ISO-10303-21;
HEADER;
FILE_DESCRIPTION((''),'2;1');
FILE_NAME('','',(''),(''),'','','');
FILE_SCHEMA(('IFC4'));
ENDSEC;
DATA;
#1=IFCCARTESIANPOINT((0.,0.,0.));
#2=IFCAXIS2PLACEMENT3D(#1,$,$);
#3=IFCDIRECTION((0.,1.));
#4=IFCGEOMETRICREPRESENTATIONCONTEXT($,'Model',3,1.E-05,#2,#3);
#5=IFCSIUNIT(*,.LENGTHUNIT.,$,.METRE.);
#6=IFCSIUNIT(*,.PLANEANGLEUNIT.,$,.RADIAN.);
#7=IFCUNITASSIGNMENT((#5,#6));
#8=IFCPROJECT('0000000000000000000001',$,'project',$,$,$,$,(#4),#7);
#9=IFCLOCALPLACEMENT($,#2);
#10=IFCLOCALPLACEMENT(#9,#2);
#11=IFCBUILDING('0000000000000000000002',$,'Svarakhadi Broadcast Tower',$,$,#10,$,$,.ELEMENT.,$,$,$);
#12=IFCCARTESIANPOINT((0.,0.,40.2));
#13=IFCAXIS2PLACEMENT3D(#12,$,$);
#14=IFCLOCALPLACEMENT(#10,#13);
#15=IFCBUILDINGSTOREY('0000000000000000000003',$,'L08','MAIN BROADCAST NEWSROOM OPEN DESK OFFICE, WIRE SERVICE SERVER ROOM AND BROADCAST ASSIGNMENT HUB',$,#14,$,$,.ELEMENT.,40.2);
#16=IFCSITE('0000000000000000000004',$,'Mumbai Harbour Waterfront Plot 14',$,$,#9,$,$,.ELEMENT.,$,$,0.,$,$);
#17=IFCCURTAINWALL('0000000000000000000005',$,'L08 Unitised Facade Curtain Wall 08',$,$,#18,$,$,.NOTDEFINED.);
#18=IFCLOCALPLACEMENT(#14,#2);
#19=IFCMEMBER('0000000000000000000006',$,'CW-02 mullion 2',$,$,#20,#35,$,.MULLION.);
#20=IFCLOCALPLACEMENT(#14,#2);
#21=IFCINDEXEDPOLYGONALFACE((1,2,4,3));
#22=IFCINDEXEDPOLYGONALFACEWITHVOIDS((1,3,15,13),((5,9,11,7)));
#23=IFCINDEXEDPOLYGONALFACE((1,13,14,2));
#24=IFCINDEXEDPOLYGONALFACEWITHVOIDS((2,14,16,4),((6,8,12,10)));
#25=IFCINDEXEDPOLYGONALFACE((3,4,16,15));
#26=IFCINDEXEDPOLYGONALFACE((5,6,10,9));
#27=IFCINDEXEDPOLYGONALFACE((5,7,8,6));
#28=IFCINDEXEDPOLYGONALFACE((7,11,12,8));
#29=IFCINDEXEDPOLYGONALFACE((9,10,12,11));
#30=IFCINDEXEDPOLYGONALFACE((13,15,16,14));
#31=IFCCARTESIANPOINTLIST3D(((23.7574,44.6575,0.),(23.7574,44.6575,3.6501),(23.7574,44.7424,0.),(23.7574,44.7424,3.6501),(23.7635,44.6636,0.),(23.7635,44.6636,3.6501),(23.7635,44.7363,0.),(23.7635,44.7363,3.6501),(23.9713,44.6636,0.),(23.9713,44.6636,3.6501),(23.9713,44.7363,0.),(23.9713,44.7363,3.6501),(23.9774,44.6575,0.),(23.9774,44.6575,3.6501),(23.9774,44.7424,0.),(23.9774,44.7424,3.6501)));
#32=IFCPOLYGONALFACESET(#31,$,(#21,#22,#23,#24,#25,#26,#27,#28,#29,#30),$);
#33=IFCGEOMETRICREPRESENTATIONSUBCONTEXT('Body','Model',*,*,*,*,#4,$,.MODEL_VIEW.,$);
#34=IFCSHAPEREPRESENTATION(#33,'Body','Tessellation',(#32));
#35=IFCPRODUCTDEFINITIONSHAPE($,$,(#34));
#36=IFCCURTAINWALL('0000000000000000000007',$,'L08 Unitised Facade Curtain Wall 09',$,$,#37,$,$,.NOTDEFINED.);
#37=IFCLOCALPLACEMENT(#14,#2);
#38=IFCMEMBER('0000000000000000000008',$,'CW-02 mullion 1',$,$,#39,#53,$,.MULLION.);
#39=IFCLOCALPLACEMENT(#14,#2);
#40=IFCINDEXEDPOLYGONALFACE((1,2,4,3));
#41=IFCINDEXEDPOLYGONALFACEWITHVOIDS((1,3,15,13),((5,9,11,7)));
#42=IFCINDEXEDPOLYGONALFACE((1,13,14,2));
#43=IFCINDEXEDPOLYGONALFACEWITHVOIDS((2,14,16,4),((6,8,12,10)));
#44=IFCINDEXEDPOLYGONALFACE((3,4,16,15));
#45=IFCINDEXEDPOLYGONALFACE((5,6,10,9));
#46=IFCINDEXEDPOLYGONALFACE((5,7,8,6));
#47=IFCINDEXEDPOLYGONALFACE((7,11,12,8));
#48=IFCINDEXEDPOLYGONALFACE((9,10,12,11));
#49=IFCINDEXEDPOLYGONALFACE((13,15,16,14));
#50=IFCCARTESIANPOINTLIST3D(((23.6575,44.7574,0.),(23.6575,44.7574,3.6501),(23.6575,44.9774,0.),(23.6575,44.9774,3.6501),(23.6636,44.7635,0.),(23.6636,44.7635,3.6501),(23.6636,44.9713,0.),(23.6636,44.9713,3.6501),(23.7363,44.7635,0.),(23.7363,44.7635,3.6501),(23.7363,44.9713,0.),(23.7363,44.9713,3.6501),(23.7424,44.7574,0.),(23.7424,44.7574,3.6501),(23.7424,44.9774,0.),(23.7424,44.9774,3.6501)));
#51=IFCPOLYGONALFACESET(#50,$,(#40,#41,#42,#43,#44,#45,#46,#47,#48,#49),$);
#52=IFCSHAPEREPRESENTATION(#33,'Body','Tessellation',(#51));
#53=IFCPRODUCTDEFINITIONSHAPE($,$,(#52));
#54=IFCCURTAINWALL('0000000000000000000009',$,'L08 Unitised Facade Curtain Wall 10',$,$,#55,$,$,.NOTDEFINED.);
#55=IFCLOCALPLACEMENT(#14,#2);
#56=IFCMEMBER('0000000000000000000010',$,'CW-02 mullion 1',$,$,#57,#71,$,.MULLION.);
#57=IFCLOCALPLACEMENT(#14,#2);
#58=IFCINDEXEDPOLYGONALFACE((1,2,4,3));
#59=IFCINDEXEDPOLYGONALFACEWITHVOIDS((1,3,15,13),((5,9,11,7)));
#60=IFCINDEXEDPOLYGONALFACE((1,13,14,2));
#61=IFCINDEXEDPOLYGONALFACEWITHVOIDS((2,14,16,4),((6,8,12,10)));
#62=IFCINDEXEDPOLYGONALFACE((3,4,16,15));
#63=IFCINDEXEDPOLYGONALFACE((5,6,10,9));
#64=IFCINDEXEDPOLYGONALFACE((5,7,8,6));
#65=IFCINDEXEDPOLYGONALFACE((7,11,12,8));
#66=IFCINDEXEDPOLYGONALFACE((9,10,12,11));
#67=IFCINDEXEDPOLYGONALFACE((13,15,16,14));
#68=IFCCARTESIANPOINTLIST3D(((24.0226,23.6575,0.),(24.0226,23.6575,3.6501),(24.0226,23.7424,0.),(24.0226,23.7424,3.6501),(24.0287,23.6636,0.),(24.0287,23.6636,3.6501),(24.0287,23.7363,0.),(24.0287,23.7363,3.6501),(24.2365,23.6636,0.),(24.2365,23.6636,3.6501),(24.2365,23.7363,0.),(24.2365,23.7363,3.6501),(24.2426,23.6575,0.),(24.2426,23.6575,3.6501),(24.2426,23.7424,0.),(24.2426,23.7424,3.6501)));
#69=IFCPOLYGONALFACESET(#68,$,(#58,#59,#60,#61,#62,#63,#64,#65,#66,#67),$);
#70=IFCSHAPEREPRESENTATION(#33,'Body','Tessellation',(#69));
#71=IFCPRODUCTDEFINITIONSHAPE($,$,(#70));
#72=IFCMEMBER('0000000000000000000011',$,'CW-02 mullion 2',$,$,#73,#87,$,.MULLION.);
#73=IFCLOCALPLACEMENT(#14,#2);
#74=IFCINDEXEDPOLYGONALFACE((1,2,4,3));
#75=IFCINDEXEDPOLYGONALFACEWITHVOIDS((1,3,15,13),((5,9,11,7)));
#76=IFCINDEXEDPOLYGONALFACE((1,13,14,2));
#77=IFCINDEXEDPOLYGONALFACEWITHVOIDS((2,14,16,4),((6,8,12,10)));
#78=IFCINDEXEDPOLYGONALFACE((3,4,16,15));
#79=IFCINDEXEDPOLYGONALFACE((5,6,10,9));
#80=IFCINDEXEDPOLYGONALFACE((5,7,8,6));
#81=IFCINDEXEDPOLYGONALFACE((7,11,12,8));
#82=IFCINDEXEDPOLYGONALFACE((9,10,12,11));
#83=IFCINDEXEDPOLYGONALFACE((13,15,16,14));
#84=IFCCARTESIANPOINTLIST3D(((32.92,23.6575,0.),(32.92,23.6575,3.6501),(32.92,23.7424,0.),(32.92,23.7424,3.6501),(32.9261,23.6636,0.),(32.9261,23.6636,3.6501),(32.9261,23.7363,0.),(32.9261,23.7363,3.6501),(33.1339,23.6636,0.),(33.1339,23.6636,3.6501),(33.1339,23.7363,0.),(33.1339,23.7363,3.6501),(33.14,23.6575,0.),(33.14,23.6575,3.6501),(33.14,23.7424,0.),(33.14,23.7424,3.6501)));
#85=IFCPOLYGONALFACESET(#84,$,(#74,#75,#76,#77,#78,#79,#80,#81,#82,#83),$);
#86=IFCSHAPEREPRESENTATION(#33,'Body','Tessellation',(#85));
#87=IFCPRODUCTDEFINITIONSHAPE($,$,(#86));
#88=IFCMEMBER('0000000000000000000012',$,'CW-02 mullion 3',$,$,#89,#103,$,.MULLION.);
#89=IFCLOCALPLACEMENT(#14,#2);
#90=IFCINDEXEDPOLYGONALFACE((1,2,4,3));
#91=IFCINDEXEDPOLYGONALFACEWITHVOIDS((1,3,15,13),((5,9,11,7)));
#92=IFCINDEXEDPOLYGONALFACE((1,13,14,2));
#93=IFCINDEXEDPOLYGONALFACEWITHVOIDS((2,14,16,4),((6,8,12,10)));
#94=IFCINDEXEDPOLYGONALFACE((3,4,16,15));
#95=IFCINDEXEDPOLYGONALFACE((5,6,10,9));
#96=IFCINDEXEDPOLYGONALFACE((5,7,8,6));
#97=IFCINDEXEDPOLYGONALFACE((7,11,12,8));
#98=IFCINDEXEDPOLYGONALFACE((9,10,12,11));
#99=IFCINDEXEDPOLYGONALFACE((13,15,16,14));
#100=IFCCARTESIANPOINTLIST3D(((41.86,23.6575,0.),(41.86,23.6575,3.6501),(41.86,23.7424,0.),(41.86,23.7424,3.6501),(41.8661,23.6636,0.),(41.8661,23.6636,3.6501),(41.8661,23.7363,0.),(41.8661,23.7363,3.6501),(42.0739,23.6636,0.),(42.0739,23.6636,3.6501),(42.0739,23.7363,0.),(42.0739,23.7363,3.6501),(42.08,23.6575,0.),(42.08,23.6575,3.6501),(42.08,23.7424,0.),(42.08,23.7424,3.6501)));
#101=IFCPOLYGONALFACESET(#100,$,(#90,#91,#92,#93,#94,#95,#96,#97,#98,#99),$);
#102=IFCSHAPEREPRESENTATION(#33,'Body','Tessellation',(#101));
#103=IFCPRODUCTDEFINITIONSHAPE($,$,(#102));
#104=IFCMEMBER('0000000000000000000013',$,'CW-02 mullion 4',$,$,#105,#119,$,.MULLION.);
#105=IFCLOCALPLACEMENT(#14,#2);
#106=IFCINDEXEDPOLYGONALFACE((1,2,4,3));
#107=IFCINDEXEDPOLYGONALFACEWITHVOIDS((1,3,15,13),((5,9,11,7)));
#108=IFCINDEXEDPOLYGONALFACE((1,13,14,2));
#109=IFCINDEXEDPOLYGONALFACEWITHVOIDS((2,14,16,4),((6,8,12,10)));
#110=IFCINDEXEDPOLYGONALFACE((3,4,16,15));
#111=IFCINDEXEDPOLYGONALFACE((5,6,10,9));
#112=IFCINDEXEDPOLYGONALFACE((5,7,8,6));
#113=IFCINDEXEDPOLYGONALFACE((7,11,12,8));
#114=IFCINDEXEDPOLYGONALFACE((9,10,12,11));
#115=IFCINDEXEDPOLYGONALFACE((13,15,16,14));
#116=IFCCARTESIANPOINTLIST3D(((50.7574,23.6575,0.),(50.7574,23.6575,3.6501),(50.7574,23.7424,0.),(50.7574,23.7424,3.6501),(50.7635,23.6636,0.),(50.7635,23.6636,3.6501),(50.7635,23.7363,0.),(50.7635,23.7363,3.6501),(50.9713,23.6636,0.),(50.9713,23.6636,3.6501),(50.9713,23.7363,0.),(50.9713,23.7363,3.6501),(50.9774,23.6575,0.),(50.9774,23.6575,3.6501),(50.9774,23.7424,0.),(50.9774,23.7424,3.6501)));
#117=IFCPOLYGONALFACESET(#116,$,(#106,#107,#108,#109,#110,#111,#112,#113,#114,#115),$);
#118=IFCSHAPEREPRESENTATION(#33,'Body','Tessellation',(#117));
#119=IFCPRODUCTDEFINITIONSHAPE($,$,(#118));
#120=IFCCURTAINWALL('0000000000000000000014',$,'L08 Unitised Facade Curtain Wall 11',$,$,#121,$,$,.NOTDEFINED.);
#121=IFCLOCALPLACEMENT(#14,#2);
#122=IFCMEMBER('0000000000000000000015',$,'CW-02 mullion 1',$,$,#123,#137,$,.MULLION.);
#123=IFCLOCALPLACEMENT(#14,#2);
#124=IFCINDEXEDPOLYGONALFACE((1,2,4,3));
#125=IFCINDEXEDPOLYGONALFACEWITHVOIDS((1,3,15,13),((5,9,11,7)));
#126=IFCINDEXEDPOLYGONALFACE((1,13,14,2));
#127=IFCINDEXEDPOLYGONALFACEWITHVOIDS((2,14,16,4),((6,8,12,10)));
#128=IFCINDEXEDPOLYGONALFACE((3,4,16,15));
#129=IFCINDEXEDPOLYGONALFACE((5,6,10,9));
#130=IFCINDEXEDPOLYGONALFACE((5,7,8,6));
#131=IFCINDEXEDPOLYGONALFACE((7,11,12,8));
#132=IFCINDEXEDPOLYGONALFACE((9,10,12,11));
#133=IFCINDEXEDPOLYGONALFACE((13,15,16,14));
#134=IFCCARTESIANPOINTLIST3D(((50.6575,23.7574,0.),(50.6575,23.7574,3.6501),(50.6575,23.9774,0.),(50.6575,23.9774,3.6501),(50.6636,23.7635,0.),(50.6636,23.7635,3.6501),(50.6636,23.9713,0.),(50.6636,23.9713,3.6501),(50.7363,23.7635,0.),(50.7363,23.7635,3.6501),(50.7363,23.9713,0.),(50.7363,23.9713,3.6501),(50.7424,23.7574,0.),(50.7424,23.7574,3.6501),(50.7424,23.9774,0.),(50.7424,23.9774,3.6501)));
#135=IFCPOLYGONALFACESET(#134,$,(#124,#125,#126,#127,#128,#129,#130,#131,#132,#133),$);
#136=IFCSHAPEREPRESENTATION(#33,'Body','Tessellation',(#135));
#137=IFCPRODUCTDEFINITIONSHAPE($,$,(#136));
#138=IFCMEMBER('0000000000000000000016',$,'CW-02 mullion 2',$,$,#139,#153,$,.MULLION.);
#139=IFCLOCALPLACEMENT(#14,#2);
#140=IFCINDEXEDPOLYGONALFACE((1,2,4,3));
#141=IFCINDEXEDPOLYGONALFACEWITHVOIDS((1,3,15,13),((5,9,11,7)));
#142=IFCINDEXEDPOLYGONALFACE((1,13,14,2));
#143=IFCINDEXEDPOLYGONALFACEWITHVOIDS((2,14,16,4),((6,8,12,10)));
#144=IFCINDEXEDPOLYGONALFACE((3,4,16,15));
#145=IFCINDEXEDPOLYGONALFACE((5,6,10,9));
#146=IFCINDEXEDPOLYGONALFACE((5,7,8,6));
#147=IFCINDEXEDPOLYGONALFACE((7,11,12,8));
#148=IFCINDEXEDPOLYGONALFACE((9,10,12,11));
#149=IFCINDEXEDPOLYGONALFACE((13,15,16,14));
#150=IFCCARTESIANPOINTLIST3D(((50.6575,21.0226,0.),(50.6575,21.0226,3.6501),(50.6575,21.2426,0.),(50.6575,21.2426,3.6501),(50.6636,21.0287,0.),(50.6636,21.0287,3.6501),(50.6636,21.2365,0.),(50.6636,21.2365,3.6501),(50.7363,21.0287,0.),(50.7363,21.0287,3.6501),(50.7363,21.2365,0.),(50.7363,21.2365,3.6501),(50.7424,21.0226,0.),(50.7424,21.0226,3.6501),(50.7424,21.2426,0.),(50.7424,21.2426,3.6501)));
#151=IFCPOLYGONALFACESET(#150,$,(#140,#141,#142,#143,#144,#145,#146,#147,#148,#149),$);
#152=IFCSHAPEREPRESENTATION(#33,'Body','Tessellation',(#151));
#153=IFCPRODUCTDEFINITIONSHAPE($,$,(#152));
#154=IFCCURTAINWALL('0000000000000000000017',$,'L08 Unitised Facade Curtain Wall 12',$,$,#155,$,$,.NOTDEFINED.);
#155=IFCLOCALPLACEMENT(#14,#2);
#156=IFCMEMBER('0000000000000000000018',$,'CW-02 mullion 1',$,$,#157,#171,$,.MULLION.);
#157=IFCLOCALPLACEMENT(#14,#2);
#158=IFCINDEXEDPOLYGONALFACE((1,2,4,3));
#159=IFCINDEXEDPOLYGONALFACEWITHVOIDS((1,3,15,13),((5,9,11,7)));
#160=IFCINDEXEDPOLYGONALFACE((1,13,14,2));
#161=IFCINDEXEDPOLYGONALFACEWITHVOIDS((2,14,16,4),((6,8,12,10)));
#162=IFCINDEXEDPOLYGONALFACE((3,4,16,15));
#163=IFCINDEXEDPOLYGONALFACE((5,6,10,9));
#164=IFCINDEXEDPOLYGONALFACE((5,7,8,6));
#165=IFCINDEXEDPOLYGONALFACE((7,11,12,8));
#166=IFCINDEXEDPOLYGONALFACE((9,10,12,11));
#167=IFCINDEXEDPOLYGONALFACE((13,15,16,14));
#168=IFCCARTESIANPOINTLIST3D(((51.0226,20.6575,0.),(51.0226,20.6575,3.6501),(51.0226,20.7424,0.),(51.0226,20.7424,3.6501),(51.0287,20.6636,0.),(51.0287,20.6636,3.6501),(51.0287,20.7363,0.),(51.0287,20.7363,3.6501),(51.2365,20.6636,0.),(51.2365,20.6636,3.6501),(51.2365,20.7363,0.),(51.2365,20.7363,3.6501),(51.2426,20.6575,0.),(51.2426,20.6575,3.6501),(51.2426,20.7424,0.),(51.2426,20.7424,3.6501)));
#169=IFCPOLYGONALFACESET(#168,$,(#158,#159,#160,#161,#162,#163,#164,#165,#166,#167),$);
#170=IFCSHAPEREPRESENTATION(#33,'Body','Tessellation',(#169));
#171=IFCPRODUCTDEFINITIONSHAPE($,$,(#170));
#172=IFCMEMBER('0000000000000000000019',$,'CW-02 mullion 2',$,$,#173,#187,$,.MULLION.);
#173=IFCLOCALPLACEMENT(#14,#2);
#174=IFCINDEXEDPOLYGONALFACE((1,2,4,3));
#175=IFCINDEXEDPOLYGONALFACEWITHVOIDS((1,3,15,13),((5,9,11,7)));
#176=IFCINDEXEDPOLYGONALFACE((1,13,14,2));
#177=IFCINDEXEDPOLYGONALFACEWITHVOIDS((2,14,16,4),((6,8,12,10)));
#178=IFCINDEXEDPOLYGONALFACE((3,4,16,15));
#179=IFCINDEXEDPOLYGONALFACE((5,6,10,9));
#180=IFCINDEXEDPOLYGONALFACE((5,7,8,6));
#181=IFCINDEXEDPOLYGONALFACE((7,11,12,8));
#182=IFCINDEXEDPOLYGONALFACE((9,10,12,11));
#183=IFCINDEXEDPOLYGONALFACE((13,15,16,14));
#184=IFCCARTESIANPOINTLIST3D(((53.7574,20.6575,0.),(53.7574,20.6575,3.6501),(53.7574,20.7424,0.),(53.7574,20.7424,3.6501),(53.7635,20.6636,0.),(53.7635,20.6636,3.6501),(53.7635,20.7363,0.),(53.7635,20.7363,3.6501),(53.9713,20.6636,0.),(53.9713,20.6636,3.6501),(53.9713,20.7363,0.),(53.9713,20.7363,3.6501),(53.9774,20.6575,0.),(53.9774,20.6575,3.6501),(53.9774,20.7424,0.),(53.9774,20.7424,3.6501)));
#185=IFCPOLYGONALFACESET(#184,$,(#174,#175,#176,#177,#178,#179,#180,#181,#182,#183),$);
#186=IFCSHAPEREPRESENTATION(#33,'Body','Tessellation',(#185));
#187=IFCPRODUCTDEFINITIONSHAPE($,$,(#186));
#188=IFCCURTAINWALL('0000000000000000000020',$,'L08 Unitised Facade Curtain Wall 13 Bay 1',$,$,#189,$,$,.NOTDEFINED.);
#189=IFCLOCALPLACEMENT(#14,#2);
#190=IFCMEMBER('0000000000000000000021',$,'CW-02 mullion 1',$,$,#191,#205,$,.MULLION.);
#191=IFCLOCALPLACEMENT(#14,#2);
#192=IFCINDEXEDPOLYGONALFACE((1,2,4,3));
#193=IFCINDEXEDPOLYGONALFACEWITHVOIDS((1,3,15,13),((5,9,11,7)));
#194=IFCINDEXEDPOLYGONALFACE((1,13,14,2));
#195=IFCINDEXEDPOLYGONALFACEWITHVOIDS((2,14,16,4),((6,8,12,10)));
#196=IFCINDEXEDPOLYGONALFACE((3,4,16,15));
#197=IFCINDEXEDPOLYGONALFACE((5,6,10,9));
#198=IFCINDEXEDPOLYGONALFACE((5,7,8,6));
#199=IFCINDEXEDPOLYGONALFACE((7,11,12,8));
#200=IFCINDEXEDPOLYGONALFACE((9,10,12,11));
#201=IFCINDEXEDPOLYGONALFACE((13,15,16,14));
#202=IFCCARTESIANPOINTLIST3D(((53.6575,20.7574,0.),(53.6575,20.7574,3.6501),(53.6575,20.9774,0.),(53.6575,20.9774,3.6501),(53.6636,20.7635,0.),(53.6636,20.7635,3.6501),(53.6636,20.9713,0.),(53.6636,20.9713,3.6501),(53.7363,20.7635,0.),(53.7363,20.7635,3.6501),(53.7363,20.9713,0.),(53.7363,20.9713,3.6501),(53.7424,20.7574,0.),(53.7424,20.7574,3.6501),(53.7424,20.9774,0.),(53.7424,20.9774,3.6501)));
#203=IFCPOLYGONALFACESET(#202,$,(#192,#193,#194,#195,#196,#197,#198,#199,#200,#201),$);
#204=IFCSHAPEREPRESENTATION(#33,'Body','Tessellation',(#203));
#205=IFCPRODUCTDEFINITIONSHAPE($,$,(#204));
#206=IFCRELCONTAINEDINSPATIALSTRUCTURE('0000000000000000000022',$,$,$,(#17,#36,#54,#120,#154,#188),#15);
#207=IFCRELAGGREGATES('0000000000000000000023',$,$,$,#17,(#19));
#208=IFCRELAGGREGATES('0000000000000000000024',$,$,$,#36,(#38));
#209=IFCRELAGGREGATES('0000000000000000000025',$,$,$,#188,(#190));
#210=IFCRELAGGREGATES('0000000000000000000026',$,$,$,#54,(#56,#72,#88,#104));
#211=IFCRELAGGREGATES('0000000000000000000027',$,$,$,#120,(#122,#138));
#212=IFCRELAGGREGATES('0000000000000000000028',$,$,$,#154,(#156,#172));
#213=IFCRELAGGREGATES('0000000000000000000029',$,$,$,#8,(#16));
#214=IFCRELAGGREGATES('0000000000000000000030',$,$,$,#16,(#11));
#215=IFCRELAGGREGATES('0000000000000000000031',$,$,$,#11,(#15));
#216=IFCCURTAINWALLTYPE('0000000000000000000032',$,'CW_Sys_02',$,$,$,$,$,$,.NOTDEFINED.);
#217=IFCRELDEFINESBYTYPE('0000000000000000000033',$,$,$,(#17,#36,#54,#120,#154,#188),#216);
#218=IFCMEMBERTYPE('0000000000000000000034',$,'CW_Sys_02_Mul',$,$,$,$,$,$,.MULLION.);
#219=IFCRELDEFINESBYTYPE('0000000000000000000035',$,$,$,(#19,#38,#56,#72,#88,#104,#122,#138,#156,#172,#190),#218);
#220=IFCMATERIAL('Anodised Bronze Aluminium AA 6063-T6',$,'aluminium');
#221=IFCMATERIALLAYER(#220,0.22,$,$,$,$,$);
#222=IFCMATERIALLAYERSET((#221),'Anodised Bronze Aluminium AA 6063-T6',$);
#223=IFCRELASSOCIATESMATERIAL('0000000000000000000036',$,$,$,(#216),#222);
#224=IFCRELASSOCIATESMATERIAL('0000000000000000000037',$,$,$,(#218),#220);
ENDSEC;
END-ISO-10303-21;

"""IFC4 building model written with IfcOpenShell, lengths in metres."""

from ifc_helpers import new_model, si_unit, direction, frame, origin, origin_2d, place, context, subcontext, project, spatial, hollow_rectangle, extrude, material, layer, layer_set, material_profile, profile_set, type_object, element, aggregate, save


model = new_model("IFC4")

# Units and contexts
model_context = context("Model", 3, precision=1e-05, world=origin(), true_north=direction((0.0, 1.0)))
body_context = subcontext(model_context, "Body", "Model", "MODEL_VIEW")
ifc_project = project(units=[si_unit("LENGTHUNIT", "METRE"), si_unit("PLANEANGLEUNIT", "RADIAN")], contexts=[model_context])

# Site, building, storey
site_placement = place(None, origin())
site = spatial("IfcSite", under=ifc_project, at=site_placement, Name="Mumbai Harbour Waterfront Plot 14", CompositionType="ELEMENT", RefElevation=0.0)
building_placement = place(site_placement, origin())
building = spatial("IfcBuilding", under=site, at=building_placement, Name="Svarakhadi Broadcast Tower", CompositionType="ELEMENT")
storey_placement = place(building_placement, frame((0.0, 0.0, 40.2)))
storey = spatial("IfcBuildingStorey", under=building, at=storey_placement, Name="L08", Description="MAIN BROADCAST NEWSROOM OPEN DESK OFFICE, WIRE SERVICE SERVER ROOM AND BROADCAST ASSIGNMENT HUB", CompositionType="ELEMENT", Elevation=40.2)

# Curtain walls, members
ifc_material_1 = material(Name="Anodised Bronze Aluminium AA 6063-T6", Category="aluminium")
ifc_layer_1 = layer(ifc_material_1, 0.22)
ifc_layer_set_1 = layer_set([ifc_layer_1], Name="Anodised Bronze Aluminium AA 6063-T6")
curtain_wall_type = type_object("IfcCurtainWallType", Name="CW_Sys_02", PredefinedType="NOTDEFINED", material=ifc_layer_set_1)
curtain_wall_1_placement = place(storey_placement, origin())
curtain_wall_1 = element("IfcCurtainWall", 1, at=curtain_wall_1_placement, inside=storey, type_object=curtain_wall_type, Name="L08 Unitised Facade Curtain Wall 08", PredefinedType="NOTDEFINED")
ifc_material_profile_1 = material_profile(ifc_material_1, hollow_rectangle(XDim=0.085, YDim=0.22, WallThickness=0.0061, at=origin_2d()), Name="ALU MULLION 220x85x6")
ifc_profile_set_1 = profile_set([ifc_material_profile_1], Name="Anodised Bronze Aluminium AA 6063-T6")
member_type_1 = type_object("IfcMemberType", Name="CW_Sys_02_Mul", PredefinedType="MULLION", material=ifc_profile_set_1)
member_1_placement = place(storey_placement, frame((23.8674, 44.7, 0.0), z_axis=(0.0, 0.0, 1.0), x_axis=(0.0, 1.0, 0.0)))
member_1 = element("IfcMember", 2, at=member_1_placement, type_object=member_type_1, Name="CW-02 mullion 2", PredefinedType="MULLION", context=body_context, shape_type="SweptSolid", body=[
    extrude(hollow_rectangle(XDim=0.085, YDim=0.22, WallThickness=0.0061, at=origin_2d()), origin(), (0.0, 0.0, 1.0), 3.6501),
])
aggregate(curtain_wall_1, [member_1])
curtain_wall_2_placement = place(storey_placement, origin())
curtain_wall_2 = element("IfcCurtainWall", 3, at=curtain_wall_2_placement, inside=storey, type_object=curtain_wall_type, Name="L08 Unitised Facade Curtain Wall 09", PredefinedType="NOTDEFINED")
member_2_placement = place(storey_placement, frame((23.7, 44.8674, 0.0), z_axis=(0.0, 0.0, 1.0), x_axis=(1.0, 0.0, 0.0)))
member_2 = element("IfcMember", 4, at=member_2_placement, type_object=member_type_1, Name="CW-02 mullion 1", PredefinedType="MULLION", context=body_context, shape_type="SweptSolid", body=[
    extrude(hollow_rectangle(XDim=0.085, YDim=0.22, WallThickness=0.0061, at=origin_2d()), origin(), (0.0, 0.0, 1.0), 3.6501),
])

# Curtain walls, members
curtain_wall_3_placement = place(storey_placement, origin())
curtain_wall_3 = element("IfcCurtainWall", 5, at=curtain_wall_3_placement, inside=storey, type_object=curtain_wall_type, Name="L08 Unitised Facade Curtain Wall 10", PredefinedType="NOTDEFINED")
member_3_placement = place(storey_placement, frame((24.1326, 23.7, 0.0), z_axis=(0.0, 0.0, 1.0), x_axis=(0.0, 1.0, 0.0)))
member_3 = element("IfcMember", 6, at=member_3_placement, type_object=member_type_1, Name="CW-02 mullion 1", PredefinedType="MULLION", context=body_context, shape_type="SweptSolid", body=[
    extrude(hollow_rectangle(XDim=0.085, YDim=0.22, WallThickness=0.0061, at=origin_2d()), origin(), (0.0, 0.0, 1.0), 3.6501),
])
member_4_placement = place(storey_placement, frame((33.03, 23.7, 0.0), z_axis=(0.0, 0.0, 1.0), x_axis=(0.0, 1.0, 0.0)))
member_4 = element("IfcMember", 7, at=member_4_placement, type_object=member_type_1, Name="CW-02 mullion 2", PredefinedType="MULLION", context=body_context, shape_type="SweptSolid", body=[
    extrude(hollow_rectangle(XDim=0.085, YDim=0.22, WallThickness=0.0061, at=origin_2d()), origin(), (0.0, 0.0, 1.0), 3.6501),
])
member_5_placement = place(storey_placement, frame((41.97, 23.7, 0.0), z_axis=(0.0, 0.0, 1.0), x_axis=(0.0, 1.0, 0.0)))
member_5 = element("IfcMember", 8, at=member_5_placement, type_object=member_type_1, Name="CW-02 mullion 3", PredefinedType="MULLION", context=body_context, shape_type="SweptSolid", body=[
    extrude(hollow_rectangle(XDim=0.085, YDim=0.22, WallThickness=0.0061, at=origin_2d()), origin(), (0.0, 0.0, 1.0), 3.6501),
])
member_6_placement = place(storey_placement, frame((50.8674, 23.7, 0.0), z_axis=(0.0, 0.0, 1.0), x_axis=(0.0, 1.0, 0.0)))
member_6 = element("IfcMember", 9, at=member_6_placement, type_object=member_type_1, Name="CW-02 mullion 4", PredefinedType="MULLION", context=body_context, shape_type="SweptSolid", body=[
    extrude(hollow_rectangle(XDim=0.085, YDim=0.22, WallThickness=0.0061, at=origin_2d()), origin(), (0.0, 0.0, 1.0), 3.6501),
])
curtain_wall_4_placement = place(storey_placement, origin())
curtain_wall_4 = element("IfcCurtainWall", 10, at=curtain_wall_4_placement, inside=storey, type_object=curtain_wall_type, Name="L08 Unitised Facade Curtain Wall 11", PredefinedType="NOTDEFINED")
member_7_placement = place(storey_placement, frame((50.7, 23.8674, 0.0), z_axis=(0.0, 0.0, 1.0), x_axis=(1.0, 0.0, 0.0)))
member_7 = element("IfcMember", 11, at=member_7_placement, type_object=member_type_1, Name="CW-02 mullion 1", PredefinedType="MULLION", context=body_context, shape_type="SweptSolid", body=[
    extrude(hollow_rectangle(XDim=0.085, YDim=0.22, WallThickness=0.0061, at=origin_2d()), origin(), (0.0, 0.0, 1.0), 3.6501),
])
member_8_placement = place(storey_placement, frame((50.7, 21.1326, 0.0), z_axis=(0.0, 0.0, 1.0), x_axis=(1.0, 0.0, 0.0)))
member_8 = element("IfcMember", 12, at=member_8_placement, type_object=member_type_1, Name="CW-02 mullion 2", PredefinedType="MULLION", context=body_context, shape_type="SweptSolid", body=[
    extrude(hollow_rectangle(XDim=0.085, YDim=0.22, WallThickness=0.0061, at=origin_2d()), origin(), (0.0, 0.0, 1.0), 3.6501),
])
curtain_wall_5_placement = place(storey_placement, origin())
curtain_wall_5 = element("IfcCurtainWall", 13, at=curtain_wall_5_placement, inside=storey, type_object=curtain_wall_type, Name="L08 Unitised Facade Curtain Wall 12", PredefinedType="NOTDEFINED")
member_9_placement = place(storey_placement, frame((51.1326, 20.7, 0.0), z_axis=(0.0, 0.0, 1.0), x_axis=(0.0, 1.0, 0.0)))
member_9 = element("IfcMember", 14, at=member_9_placement, type_object=member_type_1, Name="CW-02 mullion 1", PredefinedType="MULLION", context=body_context, shape_type="SweptSolid", body=[
    extrude(hollow_rectangle(XDim=0.085, YDim=0.22, WallThickness=0.0061, at=origin_2d()), origin(), (0.0, 0.0, 1.0), 3.6501),
])
member_10_placement = place(storey_placement, frame((53.8674, 20.7, 0.0), z_axis=(0.0, 0.0, 1.0), x_axis=(0.0, 1.0, 0.0)))
member_10 = element("IfcMember", 15, at=member_10_placement, type_object=member_type_1, Name="CW-02 mullion 2", PredefinedType="MULLION", context=body_context, shape_type="SweptSolid", body=[
    extrude(hollow_rectangle(XDim=0.085, YDim=0.22, WallThickness=0.0061, at=origin_2d()), origin(), (0.0, 0.0, 1.0), 3.6501),
])

# Curtain wall, member
curtain_wall_6_placement = place(storey_placement, origin())
curtain_wall_6 = element("IfcCurtainWall", 16, at=curtain_wall_6_placement, inside=storey, type_object=curtain_wall_type, Name="L08 Unitised Facade Curtain Wall 13 Bay 1", PredefinedType="NOTDEFINED")
member_11_placement = place(storey_placement, frame((53.7, 20.8674, 0.0), z_axis=(0.0, 0.0, 1.0), x_axis=(1.0, 0.0, 0.0)))
member_11 = element("IfcMember", 17, at=member_11_placement, type_object=member_type_1, Name="CW-02 mullion 1", PredefinedType="MULLION", context=body_context, shape_type="SweptSolid", body=[
    extrude(hollow_rectangle(XDim=0.085, YDim=0.22, WallThickness=0.0061, at=origin_2d()), origin(), (0.0, 0.0, 1.0), 3.6501),
])

aggregate(curtain_wall_2, [member_2])
aggregate(curtain_wall_6, [member_11])

aggregate(curtain_wall_3, [member_3, member_4, member_5, member_6])
aggregate(curtain_wall_4, [member_7, member_8])
aggregate(curtain_wall_5, [member_9, member_10])

save(model, "model.ifc")
